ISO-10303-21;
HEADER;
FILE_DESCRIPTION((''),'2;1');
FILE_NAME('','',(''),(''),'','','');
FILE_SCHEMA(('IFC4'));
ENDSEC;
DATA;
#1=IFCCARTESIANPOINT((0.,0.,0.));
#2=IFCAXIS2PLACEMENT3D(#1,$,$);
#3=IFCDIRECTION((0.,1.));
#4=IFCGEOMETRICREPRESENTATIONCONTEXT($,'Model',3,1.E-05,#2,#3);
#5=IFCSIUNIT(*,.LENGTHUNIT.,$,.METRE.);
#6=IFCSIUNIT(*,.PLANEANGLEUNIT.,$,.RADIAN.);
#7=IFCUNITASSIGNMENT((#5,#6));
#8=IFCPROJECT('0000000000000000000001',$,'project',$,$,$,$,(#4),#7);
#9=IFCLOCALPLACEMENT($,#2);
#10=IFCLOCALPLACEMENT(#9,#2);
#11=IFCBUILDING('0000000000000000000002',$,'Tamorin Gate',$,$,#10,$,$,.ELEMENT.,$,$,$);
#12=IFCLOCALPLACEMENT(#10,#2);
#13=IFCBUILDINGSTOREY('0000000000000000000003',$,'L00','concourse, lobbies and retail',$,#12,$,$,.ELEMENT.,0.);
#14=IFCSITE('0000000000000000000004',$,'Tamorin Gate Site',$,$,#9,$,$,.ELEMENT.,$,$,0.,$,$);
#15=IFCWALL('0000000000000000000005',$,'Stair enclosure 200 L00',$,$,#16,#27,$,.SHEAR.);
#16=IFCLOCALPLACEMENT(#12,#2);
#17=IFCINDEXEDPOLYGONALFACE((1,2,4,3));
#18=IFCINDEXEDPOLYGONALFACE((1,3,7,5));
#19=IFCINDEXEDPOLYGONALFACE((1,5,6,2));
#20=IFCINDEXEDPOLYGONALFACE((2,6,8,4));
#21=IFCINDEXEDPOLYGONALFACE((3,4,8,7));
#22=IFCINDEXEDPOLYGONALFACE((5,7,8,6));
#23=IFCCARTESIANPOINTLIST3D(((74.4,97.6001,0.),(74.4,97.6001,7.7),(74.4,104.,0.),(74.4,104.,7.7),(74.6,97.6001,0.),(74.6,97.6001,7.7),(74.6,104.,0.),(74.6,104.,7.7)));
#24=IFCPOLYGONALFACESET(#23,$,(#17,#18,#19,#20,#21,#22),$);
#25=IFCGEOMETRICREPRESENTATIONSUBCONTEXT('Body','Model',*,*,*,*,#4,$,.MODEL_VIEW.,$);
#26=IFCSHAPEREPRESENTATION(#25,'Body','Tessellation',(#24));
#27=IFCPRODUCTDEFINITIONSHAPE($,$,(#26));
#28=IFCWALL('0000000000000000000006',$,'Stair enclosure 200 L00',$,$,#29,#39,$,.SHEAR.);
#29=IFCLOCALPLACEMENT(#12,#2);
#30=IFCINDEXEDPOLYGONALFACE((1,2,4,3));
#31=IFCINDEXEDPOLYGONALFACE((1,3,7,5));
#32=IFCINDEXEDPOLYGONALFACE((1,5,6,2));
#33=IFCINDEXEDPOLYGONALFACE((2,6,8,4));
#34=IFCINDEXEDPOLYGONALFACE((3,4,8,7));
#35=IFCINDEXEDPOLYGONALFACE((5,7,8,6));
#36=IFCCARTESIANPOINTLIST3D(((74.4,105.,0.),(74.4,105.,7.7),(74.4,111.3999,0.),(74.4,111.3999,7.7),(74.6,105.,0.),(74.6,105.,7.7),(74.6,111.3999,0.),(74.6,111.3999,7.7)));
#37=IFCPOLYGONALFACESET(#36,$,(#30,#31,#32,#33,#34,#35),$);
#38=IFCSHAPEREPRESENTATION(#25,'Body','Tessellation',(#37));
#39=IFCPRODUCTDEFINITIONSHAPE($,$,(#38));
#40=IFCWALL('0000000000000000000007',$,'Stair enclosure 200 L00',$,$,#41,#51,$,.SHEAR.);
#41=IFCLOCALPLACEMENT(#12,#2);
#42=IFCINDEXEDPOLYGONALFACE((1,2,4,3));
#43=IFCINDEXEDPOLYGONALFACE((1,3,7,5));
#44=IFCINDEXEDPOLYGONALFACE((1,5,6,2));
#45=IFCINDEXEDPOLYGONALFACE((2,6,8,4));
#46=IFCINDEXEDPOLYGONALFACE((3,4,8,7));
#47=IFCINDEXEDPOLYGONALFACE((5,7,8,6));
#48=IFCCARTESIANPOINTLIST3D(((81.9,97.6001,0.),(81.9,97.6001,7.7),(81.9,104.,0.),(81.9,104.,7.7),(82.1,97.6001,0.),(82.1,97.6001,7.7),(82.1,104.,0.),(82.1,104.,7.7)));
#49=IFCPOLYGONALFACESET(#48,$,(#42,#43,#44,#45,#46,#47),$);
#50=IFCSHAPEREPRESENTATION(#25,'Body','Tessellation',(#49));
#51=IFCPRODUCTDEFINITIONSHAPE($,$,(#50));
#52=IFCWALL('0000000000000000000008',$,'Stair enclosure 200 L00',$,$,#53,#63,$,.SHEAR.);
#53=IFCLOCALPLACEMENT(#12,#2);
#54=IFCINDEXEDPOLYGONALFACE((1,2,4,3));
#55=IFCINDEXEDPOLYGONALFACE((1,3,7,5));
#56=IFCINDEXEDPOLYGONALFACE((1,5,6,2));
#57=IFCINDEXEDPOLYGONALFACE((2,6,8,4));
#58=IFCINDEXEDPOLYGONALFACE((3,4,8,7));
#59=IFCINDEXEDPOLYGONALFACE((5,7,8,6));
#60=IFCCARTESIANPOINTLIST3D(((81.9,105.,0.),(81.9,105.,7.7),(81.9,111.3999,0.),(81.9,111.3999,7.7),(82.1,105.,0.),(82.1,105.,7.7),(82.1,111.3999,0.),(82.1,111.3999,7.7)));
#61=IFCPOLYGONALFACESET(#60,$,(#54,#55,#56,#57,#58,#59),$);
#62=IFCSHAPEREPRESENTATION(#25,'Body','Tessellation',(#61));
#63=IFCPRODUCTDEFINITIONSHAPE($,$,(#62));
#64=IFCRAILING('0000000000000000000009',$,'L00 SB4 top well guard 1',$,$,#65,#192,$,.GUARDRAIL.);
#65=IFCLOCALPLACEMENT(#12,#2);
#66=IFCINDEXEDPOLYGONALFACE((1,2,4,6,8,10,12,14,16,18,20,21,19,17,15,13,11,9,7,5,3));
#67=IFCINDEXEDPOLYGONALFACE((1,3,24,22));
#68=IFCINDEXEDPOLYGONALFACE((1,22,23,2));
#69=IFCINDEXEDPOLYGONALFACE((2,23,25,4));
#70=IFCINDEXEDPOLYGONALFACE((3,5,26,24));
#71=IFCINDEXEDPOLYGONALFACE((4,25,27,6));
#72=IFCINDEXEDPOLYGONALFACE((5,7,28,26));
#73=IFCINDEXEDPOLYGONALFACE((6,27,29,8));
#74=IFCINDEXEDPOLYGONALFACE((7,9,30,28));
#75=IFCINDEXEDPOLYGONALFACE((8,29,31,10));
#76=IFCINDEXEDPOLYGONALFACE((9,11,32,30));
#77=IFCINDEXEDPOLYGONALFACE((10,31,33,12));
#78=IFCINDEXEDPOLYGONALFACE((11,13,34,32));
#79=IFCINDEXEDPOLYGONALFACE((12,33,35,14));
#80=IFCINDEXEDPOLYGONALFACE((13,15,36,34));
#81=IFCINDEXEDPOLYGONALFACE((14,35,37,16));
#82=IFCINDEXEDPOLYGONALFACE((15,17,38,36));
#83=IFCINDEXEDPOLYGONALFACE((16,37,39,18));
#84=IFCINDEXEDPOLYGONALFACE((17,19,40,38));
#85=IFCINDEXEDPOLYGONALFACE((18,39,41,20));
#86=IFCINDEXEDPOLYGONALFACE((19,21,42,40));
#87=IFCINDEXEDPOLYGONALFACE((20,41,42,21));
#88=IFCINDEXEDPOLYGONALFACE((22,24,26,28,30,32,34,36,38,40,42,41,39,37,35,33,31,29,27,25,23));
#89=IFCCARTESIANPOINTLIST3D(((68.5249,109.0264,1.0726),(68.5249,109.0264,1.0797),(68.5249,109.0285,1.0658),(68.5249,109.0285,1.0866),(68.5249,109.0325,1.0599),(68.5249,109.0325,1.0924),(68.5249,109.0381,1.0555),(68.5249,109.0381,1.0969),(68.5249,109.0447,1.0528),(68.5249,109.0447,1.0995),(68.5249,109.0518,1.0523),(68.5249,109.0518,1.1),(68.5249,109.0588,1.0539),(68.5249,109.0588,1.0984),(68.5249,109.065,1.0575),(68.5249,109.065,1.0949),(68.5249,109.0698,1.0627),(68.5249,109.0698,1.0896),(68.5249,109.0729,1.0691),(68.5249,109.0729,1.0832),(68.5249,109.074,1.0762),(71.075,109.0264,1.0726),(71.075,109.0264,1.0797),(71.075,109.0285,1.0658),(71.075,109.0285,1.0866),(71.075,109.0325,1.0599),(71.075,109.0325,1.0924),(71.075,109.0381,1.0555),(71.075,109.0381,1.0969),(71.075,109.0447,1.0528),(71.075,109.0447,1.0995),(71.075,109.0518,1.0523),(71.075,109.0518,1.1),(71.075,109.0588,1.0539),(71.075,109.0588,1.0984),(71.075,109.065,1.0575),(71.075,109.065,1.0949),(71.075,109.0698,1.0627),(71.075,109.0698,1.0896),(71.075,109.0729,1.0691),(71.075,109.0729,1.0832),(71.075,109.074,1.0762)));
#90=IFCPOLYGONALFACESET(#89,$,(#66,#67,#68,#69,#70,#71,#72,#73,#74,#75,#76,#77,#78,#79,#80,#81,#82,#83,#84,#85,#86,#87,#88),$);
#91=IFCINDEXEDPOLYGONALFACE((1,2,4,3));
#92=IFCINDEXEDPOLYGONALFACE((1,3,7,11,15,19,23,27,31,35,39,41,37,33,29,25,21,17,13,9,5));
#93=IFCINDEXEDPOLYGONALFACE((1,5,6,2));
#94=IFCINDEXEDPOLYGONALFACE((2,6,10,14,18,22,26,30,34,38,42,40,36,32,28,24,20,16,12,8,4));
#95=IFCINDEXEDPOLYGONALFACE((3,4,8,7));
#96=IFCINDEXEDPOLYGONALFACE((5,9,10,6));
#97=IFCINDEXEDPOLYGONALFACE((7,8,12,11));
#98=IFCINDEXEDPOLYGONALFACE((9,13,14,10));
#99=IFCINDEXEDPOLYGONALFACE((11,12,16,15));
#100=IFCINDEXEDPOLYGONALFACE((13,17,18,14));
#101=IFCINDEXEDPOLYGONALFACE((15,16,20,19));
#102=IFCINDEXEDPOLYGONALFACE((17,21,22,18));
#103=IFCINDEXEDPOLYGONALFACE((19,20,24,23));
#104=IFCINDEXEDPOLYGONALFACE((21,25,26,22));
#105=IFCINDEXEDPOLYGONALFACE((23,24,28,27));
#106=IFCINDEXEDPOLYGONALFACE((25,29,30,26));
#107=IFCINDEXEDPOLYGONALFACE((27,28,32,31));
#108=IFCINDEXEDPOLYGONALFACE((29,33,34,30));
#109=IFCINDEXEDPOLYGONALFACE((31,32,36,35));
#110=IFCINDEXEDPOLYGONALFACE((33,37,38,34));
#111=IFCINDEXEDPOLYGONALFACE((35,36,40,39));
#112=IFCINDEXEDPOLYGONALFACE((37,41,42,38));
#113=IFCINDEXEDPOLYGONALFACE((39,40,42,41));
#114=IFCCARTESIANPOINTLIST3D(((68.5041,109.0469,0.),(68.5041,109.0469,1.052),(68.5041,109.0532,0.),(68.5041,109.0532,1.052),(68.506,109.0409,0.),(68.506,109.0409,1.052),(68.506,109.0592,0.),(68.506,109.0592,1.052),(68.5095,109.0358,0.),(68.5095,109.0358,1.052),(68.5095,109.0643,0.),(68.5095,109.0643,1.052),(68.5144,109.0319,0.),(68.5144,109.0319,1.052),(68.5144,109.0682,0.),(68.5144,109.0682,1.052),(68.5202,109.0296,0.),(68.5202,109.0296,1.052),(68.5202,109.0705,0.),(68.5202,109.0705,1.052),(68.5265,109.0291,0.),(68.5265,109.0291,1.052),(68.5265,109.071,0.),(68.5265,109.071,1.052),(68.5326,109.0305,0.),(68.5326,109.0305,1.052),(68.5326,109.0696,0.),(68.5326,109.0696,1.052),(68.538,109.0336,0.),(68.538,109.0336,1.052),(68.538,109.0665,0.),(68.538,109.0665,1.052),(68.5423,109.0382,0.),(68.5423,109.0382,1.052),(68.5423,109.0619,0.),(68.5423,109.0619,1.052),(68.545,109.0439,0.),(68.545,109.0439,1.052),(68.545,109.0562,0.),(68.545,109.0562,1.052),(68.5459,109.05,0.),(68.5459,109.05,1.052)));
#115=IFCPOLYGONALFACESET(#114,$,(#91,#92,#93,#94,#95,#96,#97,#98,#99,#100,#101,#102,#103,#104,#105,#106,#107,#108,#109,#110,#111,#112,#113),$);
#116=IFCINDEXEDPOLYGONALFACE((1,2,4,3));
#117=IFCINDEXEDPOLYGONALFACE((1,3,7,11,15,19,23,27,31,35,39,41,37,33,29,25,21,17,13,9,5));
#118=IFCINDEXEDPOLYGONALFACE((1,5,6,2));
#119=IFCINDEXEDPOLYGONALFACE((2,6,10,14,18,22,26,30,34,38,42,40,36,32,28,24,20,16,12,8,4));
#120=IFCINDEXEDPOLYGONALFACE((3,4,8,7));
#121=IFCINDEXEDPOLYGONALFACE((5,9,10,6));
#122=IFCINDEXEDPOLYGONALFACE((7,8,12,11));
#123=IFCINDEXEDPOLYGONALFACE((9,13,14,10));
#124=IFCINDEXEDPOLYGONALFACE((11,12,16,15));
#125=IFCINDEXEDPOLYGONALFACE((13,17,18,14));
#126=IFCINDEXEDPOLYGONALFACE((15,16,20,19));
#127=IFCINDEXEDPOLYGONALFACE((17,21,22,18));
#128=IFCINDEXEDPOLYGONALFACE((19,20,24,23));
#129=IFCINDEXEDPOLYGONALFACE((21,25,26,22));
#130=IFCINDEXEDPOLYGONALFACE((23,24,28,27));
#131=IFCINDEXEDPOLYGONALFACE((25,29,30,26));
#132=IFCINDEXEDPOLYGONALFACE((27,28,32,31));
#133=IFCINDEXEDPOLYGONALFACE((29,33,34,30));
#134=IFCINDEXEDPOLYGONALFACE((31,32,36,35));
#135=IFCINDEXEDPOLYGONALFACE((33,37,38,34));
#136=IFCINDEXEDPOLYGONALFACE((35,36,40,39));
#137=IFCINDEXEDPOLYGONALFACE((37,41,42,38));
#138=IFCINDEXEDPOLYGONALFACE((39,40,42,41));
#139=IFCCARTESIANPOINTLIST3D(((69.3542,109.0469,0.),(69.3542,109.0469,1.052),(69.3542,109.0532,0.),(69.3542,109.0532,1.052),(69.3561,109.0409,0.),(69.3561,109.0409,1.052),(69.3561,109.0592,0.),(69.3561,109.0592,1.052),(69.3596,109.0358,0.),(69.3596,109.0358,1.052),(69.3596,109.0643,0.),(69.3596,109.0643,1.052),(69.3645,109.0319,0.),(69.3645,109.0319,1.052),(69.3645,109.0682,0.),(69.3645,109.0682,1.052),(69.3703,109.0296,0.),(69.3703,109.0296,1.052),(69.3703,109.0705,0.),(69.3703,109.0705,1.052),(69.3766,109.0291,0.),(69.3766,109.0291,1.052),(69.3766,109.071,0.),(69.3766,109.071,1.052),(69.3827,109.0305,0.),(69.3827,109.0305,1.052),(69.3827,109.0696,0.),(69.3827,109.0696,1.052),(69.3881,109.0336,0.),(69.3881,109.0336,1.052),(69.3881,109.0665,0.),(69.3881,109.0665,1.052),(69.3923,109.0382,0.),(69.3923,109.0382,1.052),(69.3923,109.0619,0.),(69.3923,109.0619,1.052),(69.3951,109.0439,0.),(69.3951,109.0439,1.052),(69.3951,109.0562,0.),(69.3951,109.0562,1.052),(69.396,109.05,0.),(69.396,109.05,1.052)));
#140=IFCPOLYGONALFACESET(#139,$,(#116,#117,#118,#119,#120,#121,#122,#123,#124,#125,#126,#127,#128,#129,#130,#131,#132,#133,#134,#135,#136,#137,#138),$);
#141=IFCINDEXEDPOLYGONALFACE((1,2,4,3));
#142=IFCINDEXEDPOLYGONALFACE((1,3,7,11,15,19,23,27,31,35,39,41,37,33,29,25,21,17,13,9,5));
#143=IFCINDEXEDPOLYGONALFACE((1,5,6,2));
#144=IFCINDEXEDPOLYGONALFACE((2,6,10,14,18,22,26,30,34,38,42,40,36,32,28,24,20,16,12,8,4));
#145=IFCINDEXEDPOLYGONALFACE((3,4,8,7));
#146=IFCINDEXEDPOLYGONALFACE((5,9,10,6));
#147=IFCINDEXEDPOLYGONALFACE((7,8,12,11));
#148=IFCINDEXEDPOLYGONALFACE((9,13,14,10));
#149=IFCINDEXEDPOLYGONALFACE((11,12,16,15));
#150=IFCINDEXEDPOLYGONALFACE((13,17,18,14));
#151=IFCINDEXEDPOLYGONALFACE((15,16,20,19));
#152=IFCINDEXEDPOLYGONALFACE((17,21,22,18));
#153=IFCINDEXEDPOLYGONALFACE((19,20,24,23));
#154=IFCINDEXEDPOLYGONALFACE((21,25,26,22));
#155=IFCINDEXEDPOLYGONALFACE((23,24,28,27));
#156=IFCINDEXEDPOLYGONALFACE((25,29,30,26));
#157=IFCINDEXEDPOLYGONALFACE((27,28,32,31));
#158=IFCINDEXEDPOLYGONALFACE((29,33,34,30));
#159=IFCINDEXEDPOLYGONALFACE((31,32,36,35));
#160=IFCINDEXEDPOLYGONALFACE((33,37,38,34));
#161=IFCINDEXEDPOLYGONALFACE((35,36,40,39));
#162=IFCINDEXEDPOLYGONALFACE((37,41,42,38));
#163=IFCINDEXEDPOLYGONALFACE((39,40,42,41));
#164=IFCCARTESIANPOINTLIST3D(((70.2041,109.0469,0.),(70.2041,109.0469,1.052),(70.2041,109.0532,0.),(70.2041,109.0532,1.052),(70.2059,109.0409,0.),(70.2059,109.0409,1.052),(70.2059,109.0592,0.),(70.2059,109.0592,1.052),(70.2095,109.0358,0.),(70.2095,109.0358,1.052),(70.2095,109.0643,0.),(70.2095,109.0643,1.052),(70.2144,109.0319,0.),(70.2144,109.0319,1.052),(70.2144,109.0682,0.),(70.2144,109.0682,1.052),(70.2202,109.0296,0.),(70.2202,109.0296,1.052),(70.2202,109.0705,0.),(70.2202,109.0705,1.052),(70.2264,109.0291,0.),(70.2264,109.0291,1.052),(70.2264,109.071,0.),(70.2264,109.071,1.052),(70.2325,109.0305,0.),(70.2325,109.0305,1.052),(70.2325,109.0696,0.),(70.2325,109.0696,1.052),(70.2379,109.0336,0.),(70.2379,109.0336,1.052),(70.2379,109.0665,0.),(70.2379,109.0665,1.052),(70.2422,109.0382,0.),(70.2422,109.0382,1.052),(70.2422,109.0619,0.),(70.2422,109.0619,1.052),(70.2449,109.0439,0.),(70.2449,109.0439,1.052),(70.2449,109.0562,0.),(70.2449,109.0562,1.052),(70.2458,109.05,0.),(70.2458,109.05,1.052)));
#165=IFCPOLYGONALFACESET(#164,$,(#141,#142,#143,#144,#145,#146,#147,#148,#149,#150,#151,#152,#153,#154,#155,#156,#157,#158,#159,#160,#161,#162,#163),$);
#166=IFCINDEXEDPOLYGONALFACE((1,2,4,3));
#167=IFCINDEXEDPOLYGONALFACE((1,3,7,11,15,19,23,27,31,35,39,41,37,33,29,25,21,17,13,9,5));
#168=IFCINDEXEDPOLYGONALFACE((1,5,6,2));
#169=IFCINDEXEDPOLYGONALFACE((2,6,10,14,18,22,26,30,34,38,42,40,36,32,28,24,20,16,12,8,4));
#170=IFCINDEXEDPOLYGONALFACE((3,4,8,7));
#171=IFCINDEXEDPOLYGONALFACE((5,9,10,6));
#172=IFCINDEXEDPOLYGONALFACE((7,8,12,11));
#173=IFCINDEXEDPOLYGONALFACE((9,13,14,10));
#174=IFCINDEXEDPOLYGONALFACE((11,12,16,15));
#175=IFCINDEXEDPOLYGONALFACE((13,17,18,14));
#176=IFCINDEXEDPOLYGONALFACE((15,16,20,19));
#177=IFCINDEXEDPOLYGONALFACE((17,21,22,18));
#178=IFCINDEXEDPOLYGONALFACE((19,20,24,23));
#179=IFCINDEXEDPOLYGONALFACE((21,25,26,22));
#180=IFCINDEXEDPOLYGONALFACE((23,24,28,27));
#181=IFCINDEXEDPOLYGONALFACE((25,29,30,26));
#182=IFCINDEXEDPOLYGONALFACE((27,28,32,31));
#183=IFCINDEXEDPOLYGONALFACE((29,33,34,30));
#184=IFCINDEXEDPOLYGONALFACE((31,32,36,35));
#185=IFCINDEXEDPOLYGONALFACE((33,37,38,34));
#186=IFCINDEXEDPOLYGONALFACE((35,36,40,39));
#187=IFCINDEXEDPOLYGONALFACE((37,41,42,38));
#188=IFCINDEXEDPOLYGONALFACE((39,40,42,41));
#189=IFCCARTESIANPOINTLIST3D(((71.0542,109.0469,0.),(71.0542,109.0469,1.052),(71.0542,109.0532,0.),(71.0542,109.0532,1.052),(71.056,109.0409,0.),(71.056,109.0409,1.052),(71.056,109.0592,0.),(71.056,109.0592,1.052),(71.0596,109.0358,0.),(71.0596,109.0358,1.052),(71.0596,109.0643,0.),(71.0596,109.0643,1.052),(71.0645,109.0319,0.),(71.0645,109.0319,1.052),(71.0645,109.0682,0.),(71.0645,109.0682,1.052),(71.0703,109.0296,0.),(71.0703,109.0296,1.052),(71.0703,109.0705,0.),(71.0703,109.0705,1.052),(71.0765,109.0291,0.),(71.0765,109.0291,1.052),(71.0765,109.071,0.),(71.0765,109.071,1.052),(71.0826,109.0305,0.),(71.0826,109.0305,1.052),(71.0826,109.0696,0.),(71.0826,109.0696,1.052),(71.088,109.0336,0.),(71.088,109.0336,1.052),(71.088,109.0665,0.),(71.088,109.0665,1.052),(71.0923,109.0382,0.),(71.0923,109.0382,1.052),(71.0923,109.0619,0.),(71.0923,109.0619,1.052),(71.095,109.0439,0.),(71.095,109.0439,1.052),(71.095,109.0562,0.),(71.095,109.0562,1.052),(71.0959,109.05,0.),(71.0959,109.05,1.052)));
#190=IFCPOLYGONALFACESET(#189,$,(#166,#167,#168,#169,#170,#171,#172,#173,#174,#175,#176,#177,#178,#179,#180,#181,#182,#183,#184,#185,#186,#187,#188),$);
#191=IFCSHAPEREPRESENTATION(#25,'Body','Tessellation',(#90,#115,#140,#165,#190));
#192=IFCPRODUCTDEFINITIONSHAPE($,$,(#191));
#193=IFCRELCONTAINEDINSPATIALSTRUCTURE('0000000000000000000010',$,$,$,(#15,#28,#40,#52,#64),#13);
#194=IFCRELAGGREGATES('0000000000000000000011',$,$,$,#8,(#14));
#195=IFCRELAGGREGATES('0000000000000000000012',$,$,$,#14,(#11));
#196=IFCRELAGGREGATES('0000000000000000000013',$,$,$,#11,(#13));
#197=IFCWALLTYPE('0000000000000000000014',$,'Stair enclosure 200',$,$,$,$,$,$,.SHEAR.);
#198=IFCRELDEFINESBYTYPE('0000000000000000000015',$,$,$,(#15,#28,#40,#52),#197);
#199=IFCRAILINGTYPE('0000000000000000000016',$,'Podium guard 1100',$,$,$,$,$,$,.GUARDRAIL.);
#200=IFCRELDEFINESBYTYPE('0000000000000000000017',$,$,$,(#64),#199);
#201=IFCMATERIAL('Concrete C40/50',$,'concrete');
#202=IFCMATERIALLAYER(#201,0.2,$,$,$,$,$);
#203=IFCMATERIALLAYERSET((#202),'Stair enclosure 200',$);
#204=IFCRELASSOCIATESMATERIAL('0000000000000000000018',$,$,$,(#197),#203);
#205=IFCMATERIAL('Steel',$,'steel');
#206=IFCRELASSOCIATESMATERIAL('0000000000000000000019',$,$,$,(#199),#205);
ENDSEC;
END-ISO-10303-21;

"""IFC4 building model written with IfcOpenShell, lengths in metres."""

from ifc_helpers import new_model, si_unit, direction, frame, frame_2d, origin, origin_2d, place, context, subcontext, project, spatial, rectangle, circle, extrude, material, layer, layer_set, type_object, element, save


model = new_model("IFC4")

# Units and contexts
model_context = context("Model", 3, precision=1e-05, world=origin(), true_north=direction((0.0, 1.0)))
body_context = subcontext(model_context, "Body", "Model", "MODEL_VIEW")
ifc_project = project(units=[si_unit("LENGTHUNIT", "METRE"), si_unit("PLANEANGLEUNIT", "RADIAN")], contexts=[model_context])

# Site, building, storey
site_placement = place(None, origin())
site = spatial("IfcSite", under=ifc_project, at=site_placement, Name="Tamorin Gate Site", CompositionType="ELEMENT", RefElevation=0.0)
building_placement = place(site_placement, origin())
building = spatial("IfcBuilding", under=site, at=building_placement, Name="Tamorin Gate", CompositionType="ELEMENT")
storey_placement = place(building_placement, origin())
storey = spatial("IfcBuildingStorey", under=building, at=storey_placement, Name="L00", Description="concourse, lobbies and retail", CompositionType="ELEMENT", Elevation=0.0)

# Walls
ifc_material_1 = material(Name="Concrete C40/50", Category="concrete")
ifc_layer_1 = layer(ifc_material_1, 0.2)
ifc_layer_set_1 = layer_set([ifc_layer_1], Name="Stair enclosure 200")
wall_type_1 = type_object("IfcWallType", Name="Stair enclosure 200", PredefinedType="SHEAR", material=ifc_layer_set_1)
for number, where, z_axis, x_axis, name in (
    (1, (74.5, 97.6001, 0.0), (0.0, 0.0, 1.0), (0.0, 1.0, 0.0), "Stair enclosure 200 L00"),
    (2, (74.5, 105.0, 0.0), (0.0, 0.0, 1.0), (0.0, 1.0, 0.0), "Stair enclosure 200 L00"),
    (3, (82.0, 97.6001, 0.0), (0.0, 0.0, 1.0), (0.0, 1.0, 0.0), "Stair enclosure 200 L00"),
    (4, (82.0, 105.0, 0.0), (0.0, 0.0, 1.0), (0.0, 1.0, 0.0), "Stair enclosure 200 L00"),
):
    element("IfcWall", number, at=place(storey_placement, frame(where, z_axis=z_axis, x_axis=x_axis)), inside=storey, type_object=wall_type_1, Name=name, PredefinedType="SHEAR", context=body_context, shape_type="SweptSolid", body=[
        extrude(rectangle(XDim=6.3999, YDim=0.2, at=frame_2d((3.2, 0.0))), origin(), (0.0, 0.0, 1.0), 7.7),
    ])

# Railing
ifc_material_2 = material(Name="Steel", Category="steel")
railing_type = type_object("IfcRailingType", Name="Podium guard 1100", PredefinedType="GUARDRAIL", material=ifc_material_2)
railing_1_placement = place(storey_placement, frame((68.5249, 109.05, 0.0)))
element("IfcRailing", 5, at=railing_1_placement, inside=storey, type_object=railing_type, Name="L00 SB4 top well guard 1", PredefinedType="GUARDRAIL", context=body_context, shape_type="SweptSolid", body=[
    extrude(circle(Radius=0.0239, at=origin_2d()), frame((0.0, 0.0, 1.0762), z_axis=(1.0, 0.0, 0.0), x_axis=(0.0, 1.0, 0.0)), (0.0, 0.0, 1.0), 2.55),
    extrude(circle(Radius=0.021, at=origin_2d()), origin(), (0.0, 0.0, 1.0), 1.052),
    extrude(circle(Radius=0.021, at=origin_2d()), frame((0.8501, 0.0, 0.0)), (0.0, 0.0, 1.0), 1.052),
    extrude(circle(Radius=0.021, at=origin_2d()), frame((1.7, 0.0, 0.0)), (0.0, 0.0, 1.0), 1.052),
    extrude(circle(Radius=0.021, at=origin_2d()), frame((2.55, 0.0, 0.0)), (0.0, 0.0, 1.0), 1.052),
])

save(model, "model.ifc")
